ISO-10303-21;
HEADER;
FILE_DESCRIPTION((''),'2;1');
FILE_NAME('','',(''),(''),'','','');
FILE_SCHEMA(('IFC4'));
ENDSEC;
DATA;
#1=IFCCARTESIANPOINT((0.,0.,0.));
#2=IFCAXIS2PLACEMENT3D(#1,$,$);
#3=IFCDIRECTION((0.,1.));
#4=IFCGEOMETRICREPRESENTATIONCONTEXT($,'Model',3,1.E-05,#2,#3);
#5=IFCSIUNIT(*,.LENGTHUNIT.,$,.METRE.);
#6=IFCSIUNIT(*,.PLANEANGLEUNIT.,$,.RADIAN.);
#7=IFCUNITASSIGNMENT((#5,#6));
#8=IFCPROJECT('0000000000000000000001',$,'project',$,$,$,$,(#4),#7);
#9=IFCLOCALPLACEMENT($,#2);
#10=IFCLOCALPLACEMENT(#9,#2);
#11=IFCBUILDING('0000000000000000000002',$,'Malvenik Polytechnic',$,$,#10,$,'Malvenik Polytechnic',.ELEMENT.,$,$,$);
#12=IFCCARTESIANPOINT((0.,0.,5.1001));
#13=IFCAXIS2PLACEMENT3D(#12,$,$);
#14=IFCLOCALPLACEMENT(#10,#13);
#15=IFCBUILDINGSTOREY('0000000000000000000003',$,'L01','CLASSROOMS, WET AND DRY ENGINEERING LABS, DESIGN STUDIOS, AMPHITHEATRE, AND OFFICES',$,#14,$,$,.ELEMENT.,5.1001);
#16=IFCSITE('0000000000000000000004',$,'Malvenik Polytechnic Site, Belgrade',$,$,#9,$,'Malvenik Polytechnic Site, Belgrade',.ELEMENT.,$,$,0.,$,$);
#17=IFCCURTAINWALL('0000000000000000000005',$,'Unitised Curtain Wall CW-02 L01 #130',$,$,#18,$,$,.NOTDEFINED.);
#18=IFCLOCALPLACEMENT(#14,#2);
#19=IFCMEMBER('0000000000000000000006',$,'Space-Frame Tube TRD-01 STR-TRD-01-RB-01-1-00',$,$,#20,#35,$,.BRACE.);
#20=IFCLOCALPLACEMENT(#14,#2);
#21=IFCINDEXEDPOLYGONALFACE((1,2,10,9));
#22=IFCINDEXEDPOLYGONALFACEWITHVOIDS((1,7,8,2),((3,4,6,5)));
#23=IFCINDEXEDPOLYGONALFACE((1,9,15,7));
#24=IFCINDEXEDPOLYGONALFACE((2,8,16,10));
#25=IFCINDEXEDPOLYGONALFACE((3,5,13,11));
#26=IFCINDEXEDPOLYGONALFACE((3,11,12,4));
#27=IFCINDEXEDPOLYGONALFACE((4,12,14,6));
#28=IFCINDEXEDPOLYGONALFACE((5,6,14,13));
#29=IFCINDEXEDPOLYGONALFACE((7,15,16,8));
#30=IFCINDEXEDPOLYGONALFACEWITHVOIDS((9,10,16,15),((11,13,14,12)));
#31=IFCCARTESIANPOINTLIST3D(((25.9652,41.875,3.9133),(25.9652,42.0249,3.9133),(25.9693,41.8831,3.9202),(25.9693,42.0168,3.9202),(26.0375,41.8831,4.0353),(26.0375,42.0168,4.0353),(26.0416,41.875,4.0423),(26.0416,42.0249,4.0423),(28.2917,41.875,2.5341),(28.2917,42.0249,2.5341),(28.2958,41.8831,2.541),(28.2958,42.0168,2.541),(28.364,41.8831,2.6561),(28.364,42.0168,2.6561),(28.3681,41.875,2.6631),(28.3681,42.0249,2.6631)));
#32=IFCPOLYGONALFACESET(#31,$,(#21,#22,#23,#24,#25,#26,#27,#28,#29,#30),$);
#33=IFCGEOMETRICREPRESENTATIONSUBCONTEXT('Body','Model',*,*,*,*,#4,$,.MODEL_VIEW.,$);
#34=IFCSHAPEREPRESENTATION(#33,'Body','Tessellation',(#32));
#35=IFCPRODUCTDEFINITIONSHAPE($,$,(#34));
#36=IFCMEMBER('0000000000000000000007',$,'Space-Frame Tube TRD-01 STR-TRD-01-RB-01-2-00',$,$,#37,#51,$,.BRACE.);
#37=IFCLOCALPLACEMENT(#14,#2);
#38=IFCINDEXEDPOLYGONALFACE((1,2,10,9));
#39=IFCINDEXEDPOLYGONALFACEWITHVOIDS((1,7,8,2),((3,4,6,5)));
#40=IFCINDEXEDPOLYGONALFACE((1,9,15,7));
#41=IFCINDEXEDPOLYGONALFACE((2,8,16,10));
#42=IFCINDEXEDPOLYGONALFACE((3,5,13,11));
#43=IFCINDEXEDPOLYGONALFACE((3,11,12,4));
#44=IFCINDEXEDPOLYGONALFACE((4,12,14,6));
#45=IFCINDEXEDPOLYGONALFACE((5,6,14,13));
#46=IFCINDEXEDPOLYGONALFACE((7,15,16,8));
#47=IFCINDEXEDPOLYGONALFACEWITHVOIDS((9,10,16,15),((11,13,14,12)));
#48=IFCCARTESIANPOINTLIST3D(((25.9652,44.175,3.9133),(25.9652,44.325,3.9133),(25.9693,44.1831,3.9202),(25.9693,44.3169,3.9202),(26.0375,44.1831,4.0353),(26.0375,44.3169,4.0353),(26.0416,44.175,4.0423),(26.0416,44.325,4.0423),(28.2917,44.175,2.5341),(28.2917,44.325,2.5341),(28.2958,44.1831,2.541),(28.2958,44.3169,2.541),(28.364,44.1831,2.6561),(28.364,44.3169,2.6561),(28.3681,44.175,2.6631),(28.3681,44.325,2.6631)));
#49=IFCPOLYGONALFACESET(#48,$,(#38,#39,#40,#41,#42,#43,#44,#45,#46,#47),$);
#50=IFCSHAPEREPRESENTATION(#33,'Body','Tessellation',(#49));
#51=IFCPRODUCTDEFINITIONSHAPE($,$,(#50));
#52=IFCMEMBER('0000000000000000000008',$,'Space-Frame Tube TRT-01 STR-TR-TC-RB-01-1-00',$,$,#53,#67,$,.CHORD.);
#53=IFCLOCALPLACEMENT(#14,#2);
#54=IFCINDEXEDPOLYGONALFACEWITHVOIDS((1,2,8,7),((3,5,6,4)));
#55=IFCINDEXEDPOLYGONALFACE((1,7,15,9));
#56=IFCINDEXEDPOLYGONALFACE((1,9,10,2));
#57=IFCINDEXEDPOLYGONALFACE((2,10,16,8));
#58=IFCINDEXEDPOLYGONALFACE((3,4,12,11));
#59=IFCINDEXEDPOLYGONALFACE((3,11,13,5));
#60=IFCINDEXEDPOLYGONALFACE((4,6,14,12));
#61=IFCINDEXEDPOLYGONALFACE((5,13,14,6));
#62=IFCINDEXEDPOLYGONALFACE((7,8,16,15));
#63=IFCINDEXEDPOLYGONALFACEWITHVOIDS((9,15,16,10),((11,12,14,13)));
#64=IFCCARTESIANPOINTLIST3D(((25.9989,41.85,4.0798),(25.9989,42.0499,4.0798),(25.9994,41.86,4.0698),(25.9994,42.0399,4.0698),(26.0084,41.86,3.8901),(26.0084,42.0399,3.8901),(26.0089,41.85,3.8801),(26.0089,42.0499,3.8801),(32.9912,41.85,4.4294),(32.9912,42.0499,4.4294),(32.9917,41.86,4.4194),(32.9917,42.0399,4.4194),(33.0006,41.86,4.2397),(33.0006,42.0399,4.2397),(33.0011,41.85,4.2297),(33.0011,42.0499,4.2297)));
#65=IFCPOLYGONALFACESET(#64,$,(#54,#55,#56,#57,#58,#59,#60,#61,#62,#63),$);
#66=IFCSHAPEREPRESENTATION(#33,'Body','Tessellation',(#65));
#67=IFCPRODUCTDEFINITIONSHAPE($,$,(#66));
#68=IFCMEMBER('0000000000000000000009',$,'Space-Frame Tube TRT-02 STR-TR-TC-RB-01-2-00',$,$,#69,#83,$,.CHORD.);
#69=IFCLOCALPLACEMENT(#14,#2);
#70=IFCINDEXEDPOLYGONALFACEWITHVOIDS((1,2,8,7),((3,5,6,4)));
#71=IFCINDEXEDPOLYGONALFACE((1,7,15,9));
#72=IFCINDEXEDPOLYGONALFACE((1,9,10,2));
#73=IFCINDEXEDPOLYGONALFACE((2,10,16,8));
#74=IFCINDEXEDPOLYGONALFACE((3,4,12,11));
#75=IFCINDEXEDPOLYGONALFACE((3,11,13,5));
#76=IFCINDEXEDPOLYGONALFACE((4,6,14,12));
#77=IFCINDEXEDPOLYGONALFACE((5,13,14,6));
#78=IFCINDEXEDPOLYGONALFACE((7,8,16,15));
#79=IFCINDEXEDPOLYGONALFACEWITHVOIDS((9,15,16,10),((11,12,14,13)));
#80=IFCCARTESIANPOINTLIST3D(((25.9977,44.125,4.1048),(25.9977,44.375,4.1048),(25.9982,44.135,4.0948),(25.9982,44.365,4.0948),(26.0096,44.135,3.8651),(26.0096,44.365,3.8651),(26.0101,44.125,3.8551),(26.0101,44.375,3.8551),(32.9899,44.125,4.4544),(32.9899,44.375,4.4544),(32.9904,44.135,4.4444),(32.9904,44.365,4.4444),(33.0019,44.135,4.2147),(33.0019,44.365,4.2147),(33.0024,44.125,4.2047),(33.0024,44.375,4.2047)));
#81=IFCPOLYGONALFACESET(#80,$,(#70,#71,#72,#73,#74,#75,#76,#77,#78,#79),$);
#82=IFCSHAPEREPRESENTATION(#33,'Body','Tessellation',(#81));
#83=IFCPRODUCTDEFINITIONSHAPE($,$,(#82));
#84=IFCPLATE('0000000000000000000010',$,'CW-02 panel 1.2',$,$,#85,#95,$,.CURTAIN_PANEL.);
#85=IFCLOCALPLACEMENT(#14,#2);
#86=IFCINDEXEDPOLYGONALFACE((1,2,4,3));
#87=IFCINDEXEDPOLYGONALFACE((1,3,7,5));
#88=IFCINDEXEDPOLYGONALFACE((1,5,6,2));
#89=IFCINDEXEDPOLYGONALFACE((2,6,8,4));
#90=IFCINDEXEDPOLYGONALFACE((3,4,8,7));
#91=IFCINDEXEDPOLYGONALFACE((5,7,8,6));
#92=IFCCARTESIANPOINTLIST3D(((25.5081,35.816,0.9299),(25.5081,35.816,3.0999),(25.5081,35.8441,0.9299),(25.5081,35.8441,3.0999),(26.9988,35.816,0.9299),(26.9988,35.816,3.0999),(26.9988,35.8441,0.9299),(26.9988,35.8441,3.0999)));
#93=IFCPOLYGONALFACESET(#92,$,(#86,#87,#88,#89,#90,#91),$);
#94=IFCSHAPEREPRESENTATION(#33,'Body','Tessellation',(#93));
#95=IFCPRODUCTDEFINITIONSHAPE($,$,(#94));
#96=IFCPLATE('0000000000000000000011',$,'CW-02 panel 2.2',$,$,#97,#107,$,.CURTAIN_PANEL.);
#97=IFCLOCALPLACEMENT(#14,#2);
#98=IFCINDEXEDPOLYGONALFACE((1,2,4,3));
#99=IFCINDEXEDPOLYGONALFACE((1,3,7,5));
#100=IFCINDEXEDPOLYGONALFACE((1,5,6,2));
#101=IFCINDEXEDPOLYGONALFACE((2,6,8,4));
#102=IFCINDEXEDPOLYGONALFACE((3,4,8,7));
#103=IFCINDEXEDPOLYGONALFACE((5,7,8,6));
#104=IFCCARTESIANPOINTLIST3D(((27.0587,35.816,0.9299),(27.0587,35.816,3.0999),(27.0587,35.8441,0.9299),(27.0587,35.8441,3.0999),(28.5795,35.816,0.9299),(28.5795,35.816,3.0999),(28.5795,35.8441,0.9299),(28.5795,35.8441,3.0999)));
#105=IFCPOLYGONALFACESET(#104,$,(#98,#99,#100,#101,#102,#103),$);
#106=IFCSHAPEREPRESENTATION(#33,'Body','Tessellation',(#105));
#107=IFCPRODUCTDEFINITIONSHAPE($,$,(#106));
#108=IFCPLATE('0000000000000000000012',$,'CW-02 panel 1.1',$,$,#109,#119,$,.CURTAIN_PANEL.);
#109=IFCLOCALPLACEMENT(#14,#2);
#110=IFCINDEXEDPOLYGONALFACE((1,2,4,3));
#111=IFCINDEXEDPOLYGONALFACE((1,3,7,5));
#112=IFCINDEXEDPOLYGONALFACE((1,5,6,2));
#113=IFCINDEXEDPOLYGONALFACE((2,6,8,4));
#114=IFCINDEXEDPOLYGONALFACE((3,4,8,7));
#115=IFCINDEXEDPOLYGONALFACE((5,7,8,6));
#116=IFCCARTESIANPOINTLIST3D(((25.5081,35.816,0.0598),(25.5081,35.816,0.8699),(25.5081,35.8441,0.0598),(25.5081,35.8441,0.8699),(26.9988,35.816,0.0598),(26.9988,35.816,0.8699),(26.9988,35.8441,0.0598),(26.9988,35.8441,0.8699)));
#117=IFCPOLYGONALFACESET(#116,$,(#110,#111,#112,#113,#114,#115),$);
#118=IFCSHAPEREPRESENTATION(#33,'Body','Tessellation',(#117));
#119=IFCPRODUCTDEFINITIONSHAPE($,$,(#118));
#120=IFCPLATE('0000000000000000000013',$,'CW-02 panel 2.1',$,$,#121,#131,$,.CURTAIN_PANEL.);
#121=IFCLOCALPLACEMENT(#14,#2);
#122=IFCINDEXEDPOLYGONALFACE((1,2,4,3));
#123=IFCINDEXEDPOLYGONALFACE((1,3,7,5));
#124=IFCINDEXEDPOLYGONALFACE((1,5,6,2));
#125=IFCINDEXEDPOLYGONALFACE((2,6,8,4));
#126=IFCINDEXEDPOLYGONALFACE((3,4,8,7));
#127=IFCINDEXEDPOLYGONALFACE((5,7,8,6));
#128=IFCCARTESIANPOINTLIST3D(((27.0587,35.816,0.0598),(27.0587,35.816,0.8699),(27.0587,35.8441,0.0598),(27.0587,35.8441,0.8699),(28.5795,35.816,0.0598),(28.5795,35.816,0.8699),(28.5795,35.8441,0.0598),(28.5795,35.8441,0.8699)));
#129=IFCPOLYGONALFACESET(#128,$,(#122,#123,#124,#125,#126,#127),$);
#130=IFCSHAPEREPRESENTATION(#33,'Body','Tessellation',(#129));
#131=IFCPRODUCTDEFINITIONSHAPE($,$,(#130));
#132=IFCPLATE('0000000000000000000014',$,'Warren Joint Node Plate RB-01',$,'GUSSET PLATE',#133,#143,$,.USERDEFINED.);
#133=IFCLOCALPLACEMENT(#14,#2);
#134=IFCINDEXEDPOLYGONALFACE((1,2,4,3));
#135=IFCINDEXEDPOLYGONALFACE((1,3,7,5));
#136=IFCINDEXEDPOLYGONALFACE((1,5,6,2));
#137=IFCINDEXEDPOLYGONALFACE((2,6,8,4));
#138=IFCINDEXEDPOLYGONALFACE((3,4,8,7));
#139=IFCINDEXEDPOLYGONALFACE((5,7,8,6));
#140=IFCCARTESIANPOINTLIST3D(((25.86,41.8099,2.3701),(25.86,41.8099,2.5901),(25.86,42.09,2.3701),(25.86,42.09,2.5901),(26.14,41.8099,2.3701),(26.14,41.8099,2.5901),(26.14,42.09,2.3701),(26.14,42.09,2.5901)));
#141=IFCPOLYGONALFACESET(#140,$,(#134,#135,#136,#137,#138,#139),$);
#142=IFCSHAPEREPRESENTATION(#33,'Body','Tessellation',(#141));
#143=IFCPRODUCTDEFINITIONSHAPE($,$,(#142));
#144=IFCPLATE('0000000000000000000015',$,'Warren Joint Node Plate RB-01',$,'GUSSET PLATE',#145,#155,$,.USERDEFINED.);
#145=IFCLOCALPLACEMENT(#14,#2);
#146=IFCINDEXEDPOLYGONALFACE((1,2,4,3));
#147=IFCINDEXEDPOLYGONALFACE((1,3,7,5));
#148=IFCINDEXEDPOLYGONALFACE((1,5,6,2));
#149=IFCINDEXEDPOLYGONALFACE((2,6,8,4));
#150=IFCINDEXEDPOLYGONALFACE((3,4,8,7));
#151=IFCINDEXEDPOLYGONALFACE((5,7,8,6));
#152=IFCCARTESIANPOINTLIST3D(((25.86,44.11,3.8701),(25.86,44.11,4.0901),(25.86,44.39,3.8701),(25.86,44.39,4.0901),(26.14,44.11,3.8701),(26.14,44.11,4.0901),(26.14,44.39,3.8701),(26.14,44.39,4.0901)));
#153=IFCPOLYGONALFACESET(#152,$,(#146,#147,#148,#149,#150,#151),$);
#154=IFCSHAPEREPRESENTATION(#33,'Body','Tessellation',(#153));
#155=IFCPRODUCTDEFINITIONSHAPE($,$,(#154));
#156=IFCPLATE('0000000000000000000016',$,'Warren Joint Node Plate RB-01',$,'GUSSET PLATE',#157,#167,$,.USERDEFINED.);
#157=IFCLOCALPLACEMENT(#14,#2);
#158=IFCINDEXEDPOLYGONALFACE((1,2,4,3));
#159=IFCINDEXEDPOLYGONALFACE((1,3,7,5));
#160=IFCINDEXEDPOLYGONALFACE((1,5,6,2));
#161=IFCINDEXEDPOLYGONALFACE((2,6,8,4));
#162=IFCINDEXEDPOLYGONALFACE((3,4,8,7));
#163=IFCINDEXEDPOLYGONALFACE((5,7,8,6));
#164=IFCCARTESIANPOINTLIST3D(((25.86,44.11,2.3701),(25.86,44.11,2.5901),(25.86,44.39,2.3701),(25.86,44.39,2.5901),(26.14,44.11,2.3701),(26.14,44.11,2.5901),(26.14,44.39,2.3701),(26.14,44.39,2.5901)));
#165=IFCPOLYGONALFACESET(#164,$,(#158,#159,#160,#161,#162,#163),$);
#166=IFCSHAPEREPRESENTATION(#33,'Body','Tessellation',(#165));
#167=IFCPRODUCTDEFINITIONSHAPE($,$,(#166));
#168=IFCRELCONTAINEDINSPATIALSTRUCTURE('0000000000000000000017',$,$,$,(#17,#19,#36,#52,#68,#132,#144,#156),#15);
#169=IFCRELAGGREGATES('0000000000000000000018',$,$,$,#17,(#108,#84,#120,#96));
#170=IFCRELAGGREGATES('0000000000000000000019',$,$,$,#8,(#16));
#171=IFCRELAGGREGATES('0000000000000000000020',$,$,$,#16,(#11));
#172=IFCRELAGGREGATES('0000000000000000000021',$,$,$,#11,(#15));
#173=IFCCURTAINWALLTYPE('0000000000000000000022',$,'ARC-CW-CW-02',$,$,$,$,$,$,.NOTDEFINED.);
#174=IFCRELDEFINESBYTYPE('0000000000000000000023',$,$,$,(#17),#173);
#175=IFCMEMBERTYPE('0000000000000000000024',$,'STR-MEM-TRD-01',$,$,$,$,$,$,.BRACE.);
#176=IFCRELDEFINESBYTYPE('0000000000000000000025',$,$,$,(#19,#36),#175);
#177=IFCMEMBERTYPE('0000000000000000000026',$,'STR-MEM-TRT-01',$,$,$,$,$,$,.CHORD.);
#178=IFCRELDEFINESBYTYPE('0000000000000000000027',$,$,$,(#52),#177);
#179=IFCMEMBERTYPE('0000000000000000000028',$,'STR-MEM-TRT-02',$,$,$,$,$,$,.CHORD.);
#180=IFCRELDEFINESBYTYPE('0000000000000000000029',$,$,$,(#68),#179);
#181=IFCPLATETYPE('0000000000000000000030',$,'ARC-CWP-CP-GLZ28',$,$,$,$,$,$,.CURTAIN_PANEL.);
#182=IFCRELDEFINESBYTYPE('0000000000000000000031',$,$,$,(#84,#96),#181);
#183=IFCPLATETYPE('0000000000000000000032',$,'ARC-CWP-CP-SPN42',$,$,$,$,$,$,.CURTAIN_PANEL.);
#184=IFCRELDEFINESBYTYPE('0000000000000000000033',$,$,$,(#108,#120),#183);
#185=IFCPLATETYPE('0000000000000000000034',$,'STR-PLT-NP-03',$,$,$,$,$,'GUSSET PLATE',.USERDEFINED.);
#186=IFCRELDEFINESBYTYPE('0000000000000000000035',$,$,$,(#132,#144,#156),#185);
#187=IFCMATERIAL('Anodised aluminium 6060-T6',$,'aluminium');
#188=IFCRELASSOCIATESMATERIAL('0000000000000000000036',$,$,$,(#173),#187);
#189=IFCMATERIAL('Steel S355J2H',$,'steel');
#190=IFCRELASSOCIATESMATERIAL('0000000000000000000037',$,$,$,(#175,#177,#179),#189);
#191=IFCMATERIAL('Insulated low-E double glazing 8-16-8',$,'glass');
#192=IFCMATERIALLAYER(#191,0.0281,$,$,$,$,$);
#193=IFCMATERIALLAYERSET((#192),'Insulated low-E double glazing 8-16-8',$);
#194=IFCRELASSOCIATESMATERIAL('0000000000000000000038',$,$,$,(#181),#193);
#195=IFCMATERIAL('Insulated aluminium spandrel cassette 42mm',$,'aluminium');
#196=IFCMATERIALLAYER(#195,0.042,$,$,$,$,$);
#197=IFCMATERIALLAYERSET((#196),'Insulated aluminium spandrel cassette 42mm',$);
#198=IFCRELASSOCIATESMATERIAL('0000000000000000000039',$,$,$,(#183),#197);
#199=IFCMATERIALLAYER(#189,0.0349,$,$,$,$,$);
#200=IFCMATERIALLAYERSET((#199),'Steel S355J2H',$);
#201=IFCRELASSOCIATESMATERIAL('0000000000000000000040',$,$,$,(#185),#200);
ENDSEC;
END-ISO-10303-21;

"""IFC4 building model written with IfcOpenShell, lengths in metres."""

from ifc_helpers import new_model, si_unit, direction, frame, origin, origin_2d, place, context, subcontext, project, spatial, rectangle, hollow_rectangle, extrude, material, layer, layer_set, material_profile, profile_set, type_object, element, aggregate, save


model = new_model("IFC4")

# Units and contexts
model_context = context("Model", 3, precision=1e-05, world=origin(), true_north=direction((0.0, 1.0)))
body_context = subcontext(model_context, "Body", "Model", "MODEL_VIEW")
ifc_project = project(units=[si_unit("LENGTHUNIT", "METRE"), si_unit("PLANEANGLEUNIT", "RADIAN")], contexts=[model_context])

# Site, building, storey
site_placement = place(None, origin())
site = spatial("IfcSite", under=ifc_project, at=site_placement, Name="Malvenik Polytechnic Site, Belgrade", LongName="Malvenik Polytechnic Site, Belgrade", CompositionType="ELEMENT", RefElevation=0.0)
building_placement = place(site_placement, origin())
building = spatial("IfcBuilding", under=site, at=building_placement, Name="Malvenik Polytechnic", LongName="Malvenik Polytechnic", CompositionType="ELEMENT")
storey_placement = place(building_placement, frame((0.0, 0.0, 5.1001)))
storey = spatial("IfcBuildingStorey", under=building, at=storey_placement, Name="L01", Description="CLASSROOMS, WET AND DRY ENGINEERING LABS, DESIGN STUDIOS, AMPHITHEATRE, AND OFFICES", CompositionType="ELEMENT", Elevation=5.1001)

# Shared definitions
ifc_material_1 = material(Name="Steel S355J2H", Category="steel")

# Curtain wall
ifc_material_2 = material(Name="Anodised aluminium 6060-T6", Category="aluminium")
curtain_wall_type = type_object("IfcCurtainWallType", Name="ARC-CW-CW-02", PredefinedType="NOTDEFINED", material=ifc_material_2)
curtain_wall_placement = place(storey_placement, origin())
curtain_wall = element("IfcCurtainWall", 1, at=curtain_wall_placement, inside=storey, type_object=curtain_wall_type, Name="Unitised Curtain Wall CW-02 L01 #130", PredefinedType="NOTDEFINED")

# Members
ifc_material_profile_1 = material_profile(ifc_material_1, hollow_rectangle(XDim=0.1499, YDim=0.1499, WallThickness=0.0081, at=origin_2d()), Name="SHS 150x150x8.0")
ifc_profile_set_1 = profile_set([ifc_material_profile_1], Name="Steel S355J2H")
member_type_1 = type_object("IfcMemberType", Name="STR-MEM-TRD-01", PredefinedType="BRACE", material=ifc_profile_set_1)
for number, where, z_axis, x_axis, name in (
    (2, (26.0034, 41.95, 3.9778), (0.860205, 0.0, -0.509948), (0.0, 1.0, 0.0), "Space-Frame Tube TRD-01 STR-TRD-01-RB-01-1-00"),
    (3, (26.0034, 44.25, 3.9778), (0.860205, 0.0, -0.509948), (0.0, 1.0, 0.0), "Space-Frame Tube TRD-01 STR-TRD-01-RB-01-2-00"),
):
    element("IfcMember", number, at=place(storey_placement, frame(where, z_axis=z_axis, x_axis=x_axis)), inside=storey, type_object=member_type_1, Name=name, PredefinedType="BRACE", context=body_context, shape_type="SweptSolid", body=[
        extrude(hollow_rectangle(XDim=0.1499, YDim=0.1499, WallThickness=0.0081, at=origin_2d()), origin(), (0.0, 0.0, 1.0), 2.7046),
    ])
ifc_material_profile_2 = material_profile(ifc_material_1, hollow_rectangle(XDim=0.2, YDim=0.2, WallThickness=0.01, at=origin_2d()), Name="SHS 200x200x10.0")
ifc_profile_set_2 = profile_set([ifc_material_profile_2], Name="Steel S355J2H")
member_type_2 = type_object("IfcMemberType", Name="STR-MEM-TRT-01", PredefinedType="CHORD", material=ifc_profile_set_2)
member_1_placement = place(storey_placement, frame((26.0039, 41.95, 3.98), z_axis=(0.998752, 0.0, 0.049938), x_axis=(0.0, 1.0, 0.0)))
element("IfcMember", 4, at=member_1_placement, inside=storey, type_object=member_type_2, Name="Space-Frame Tube TRT-01 STR-TR-TC-RB-01-1-00", PredefinedType="CHORD", context=body_context, shape_type="SweptSolid", body=[
    extrude(hollow_rectangle(XDim=0.2, YDim=0.2, WallThickness=0.01, at=origin_2d()), origin(), (0.0, 0.0, 1.0), 7.001),
])
ifc_material_profile_3 = material_profile(ifc_material_1, hollow_rectangle(XDim=0.25, YDim=0.25, WallThickness=0.01, at=origin_2d()), Name="SHS 250x250x10.0")
ifc_profile_set_3 = profile_set([ifc_material_profile_3], Name="Steel S355J2H")
member_type_3 = type_object("IfcMemberType", Name="STR-MEM-TRT-02", PredefinedType="CHORD", material=ifc_profile_set_3)
member_2_placement = place(storey_placement, frame((26.0039, 44.25, 3.98), z_axis=(0.998752, 0.0, 0.049938), x_axis=(0.0, 1.0, 0.0)))
element("IfcMember", 5, at=member_2_placement, inside=storey, type_object=member_type_3, Name="Space-Frame Tube TRT-02 STR-TR-TC-RB-01-2-00", PredefinedType="CHORD", context=body_context, shape_type="SweptSolid", body=[
    extrude(hollow_rectangle(XDim=0.25, YDim=0.25, WallThickness=0.01, at=origin_2d()), origin(), (0.0, 0.0, 1.0), 7.001),
])

# Plates
ifc_material_3 = material(Name="Insulated low-E double glazing 8-16-8", Category="glass")
ifc_layer_1 = layer(ifc_material_3, 0.0281)
ifc_layer_set_1 = layer_set([ifc_layer_1], Name="Insulated low-E double glazing 8-16-8")
plate_type_1 = type_object("IfcPlateType", Name="ARC-CWP-CP-GLZ28", PredefinedType="CURTAIN_PANEL", material=ifc_layer_set_1)
plate_1_placement = place(storey_placement, frame((26.2534, 35.8301, 0.9299), z_axis=(0.0, 0.0, 1.0), x_axis=(1.0, 0.0, 0.0)))
plate_1 = element("IfcPlate", 6, at=plate_1_placement, type_object=plate_type_1, Name="CW-02 panel 1.2", PredefinedType="CURTAIN_PANEL", context=body_context, shape_type="SweptSolid", body=[
    extrude(rectangle(XDim=1.4907, YDim=0.0281, at=origin_2d()), origin(), (0.0, 0.0, 1.0), 2.1699),
])
plate_2_placement = place(storey_placement, frame((27.8191, 35.8301, 0.9299), z_axis=(0.0, 0.0, 1.0), x_axis=(1.0, 0.0, 0.0)))
plate_2 = element("IfcPlate", 7, at=plate_2_placement, type_object=plate_type_1, Name="CW-02 panel 2.2", PredefinedType="CURTAIN_PANEL", context=body_context, shape_type="SweptSolid", body=[
    extrude(rectangle(XDim=1.5208, YDim=0.0281, at=origin_2d()), origin(), (0.0, 0.0, 1.0), 2.1699),
])
ifc_material_4 = material(Name="Insulated aluminium spandrel cassette 42mm", Category="aluminium")
ifc_layer_2 = layer(ifc_material_4, 0.042)
ifc_layer_set_2 = layer_set([ifc_layer_2], Name="Insulated aluminium spandrel cassette 42mm")
plate_type_2 = type_object("IfcPlateType", Name="ARC-CWP-CP-SPN42", PredefinedType="CURTAIN_PANEL", material=ifc_layer_set_2)
plate_3_placement = place(storey_placement, frame((26.2534, 35.8301, 0.0598), z_axis=(0.0, 0.0, 1.0), x_axis=(1.0, 0.0, 0.0)))
plate_3 = element("IfcPlate", 8, at=plate_3_placement, type_object=plate_type_2, Name="CW-02 panel 1.1", PredefinedType="CURTAIN_PANEL", context=body_context, shape_type="SweptSolid", body=[
    extrude(rectangle(XDim=1.4907, YDim=0.0281, at=origin_2d()), origin(), (0.0, 0.0, 1.0), 0.8101),
])
plate_4_placement = place(storey_placement, frame((27.8191, 35.8301, 0.0598), z_axis=(0.0, 0.0, 1.0), x_axis=(1.0, 0.0, 0.0)))
plate_4 = element("IfcPlate", 9, at=plate_4_placement, type_object=plate_type_2, Name="CW-02 panel 2.1", PredefinedType="CURTAIN_PANEL", context=body_context, shape_type="SweptSolid", body=[
    extrude(rectangle(XDim=1.5208, YDim=0.0281, at=origin_2d()), origin(), (0.0, 0.0, 1.0), 0.8101),
])
aggregate(curtain_wall, [plate_3, plate_1, plate_4, plate_2])

# Plates
ifc_layer_3 = layer(ifc_material_1, 0.0349)
ifc_layer_set_3 = layer_set([ifc_layer_3], Name="Steel S355J2H")
plate_type_3 = type_object("IfcPlateType", Name="STR-PLT-NP-03", ElementType="GUSSET PLATE", PredefinedType="USERDEFINED", material=ifc_layer_set_3)
for number, where, z_axis, x_axis, name in (
    (10, (26.0, 41.95, 2.3701), (0.0, 0.0, 1.0), (1.0, 0.0, 0.0), "Warren Joint Node Plate RB-01"),
    (11, (26.0, 44.25, 3.8701), (0.0, 0.0, 1.0), (1.0, 0.0, 0.0), "Warren Joint Node Plate RB-01"),
    (12, (26.0, 44.25, 2.3701), (0.0, 0.0, 1.0), (1.0, 0.0, 0.0), "Warren Joint Node Plate RB-01"),
):
    element("IfcPlate", number, at=place(storey_placement, frame(where, z_axis=z_axis, x_axis=x_axis)), inside=storey, type_object=plate_type_3, Name=name, ObjectType="GUSSET PLATE", PredefinedType="USERDEFINED", context=body_context, shape_type="SweptSolid", body=[
        extrude(rectangle(XDim=0.28, YDim=0.28, at=origin_2d()), origin(), (0.0, 0.0, 1.0), 0.22),
    ])

save(model, "model.ifc")
